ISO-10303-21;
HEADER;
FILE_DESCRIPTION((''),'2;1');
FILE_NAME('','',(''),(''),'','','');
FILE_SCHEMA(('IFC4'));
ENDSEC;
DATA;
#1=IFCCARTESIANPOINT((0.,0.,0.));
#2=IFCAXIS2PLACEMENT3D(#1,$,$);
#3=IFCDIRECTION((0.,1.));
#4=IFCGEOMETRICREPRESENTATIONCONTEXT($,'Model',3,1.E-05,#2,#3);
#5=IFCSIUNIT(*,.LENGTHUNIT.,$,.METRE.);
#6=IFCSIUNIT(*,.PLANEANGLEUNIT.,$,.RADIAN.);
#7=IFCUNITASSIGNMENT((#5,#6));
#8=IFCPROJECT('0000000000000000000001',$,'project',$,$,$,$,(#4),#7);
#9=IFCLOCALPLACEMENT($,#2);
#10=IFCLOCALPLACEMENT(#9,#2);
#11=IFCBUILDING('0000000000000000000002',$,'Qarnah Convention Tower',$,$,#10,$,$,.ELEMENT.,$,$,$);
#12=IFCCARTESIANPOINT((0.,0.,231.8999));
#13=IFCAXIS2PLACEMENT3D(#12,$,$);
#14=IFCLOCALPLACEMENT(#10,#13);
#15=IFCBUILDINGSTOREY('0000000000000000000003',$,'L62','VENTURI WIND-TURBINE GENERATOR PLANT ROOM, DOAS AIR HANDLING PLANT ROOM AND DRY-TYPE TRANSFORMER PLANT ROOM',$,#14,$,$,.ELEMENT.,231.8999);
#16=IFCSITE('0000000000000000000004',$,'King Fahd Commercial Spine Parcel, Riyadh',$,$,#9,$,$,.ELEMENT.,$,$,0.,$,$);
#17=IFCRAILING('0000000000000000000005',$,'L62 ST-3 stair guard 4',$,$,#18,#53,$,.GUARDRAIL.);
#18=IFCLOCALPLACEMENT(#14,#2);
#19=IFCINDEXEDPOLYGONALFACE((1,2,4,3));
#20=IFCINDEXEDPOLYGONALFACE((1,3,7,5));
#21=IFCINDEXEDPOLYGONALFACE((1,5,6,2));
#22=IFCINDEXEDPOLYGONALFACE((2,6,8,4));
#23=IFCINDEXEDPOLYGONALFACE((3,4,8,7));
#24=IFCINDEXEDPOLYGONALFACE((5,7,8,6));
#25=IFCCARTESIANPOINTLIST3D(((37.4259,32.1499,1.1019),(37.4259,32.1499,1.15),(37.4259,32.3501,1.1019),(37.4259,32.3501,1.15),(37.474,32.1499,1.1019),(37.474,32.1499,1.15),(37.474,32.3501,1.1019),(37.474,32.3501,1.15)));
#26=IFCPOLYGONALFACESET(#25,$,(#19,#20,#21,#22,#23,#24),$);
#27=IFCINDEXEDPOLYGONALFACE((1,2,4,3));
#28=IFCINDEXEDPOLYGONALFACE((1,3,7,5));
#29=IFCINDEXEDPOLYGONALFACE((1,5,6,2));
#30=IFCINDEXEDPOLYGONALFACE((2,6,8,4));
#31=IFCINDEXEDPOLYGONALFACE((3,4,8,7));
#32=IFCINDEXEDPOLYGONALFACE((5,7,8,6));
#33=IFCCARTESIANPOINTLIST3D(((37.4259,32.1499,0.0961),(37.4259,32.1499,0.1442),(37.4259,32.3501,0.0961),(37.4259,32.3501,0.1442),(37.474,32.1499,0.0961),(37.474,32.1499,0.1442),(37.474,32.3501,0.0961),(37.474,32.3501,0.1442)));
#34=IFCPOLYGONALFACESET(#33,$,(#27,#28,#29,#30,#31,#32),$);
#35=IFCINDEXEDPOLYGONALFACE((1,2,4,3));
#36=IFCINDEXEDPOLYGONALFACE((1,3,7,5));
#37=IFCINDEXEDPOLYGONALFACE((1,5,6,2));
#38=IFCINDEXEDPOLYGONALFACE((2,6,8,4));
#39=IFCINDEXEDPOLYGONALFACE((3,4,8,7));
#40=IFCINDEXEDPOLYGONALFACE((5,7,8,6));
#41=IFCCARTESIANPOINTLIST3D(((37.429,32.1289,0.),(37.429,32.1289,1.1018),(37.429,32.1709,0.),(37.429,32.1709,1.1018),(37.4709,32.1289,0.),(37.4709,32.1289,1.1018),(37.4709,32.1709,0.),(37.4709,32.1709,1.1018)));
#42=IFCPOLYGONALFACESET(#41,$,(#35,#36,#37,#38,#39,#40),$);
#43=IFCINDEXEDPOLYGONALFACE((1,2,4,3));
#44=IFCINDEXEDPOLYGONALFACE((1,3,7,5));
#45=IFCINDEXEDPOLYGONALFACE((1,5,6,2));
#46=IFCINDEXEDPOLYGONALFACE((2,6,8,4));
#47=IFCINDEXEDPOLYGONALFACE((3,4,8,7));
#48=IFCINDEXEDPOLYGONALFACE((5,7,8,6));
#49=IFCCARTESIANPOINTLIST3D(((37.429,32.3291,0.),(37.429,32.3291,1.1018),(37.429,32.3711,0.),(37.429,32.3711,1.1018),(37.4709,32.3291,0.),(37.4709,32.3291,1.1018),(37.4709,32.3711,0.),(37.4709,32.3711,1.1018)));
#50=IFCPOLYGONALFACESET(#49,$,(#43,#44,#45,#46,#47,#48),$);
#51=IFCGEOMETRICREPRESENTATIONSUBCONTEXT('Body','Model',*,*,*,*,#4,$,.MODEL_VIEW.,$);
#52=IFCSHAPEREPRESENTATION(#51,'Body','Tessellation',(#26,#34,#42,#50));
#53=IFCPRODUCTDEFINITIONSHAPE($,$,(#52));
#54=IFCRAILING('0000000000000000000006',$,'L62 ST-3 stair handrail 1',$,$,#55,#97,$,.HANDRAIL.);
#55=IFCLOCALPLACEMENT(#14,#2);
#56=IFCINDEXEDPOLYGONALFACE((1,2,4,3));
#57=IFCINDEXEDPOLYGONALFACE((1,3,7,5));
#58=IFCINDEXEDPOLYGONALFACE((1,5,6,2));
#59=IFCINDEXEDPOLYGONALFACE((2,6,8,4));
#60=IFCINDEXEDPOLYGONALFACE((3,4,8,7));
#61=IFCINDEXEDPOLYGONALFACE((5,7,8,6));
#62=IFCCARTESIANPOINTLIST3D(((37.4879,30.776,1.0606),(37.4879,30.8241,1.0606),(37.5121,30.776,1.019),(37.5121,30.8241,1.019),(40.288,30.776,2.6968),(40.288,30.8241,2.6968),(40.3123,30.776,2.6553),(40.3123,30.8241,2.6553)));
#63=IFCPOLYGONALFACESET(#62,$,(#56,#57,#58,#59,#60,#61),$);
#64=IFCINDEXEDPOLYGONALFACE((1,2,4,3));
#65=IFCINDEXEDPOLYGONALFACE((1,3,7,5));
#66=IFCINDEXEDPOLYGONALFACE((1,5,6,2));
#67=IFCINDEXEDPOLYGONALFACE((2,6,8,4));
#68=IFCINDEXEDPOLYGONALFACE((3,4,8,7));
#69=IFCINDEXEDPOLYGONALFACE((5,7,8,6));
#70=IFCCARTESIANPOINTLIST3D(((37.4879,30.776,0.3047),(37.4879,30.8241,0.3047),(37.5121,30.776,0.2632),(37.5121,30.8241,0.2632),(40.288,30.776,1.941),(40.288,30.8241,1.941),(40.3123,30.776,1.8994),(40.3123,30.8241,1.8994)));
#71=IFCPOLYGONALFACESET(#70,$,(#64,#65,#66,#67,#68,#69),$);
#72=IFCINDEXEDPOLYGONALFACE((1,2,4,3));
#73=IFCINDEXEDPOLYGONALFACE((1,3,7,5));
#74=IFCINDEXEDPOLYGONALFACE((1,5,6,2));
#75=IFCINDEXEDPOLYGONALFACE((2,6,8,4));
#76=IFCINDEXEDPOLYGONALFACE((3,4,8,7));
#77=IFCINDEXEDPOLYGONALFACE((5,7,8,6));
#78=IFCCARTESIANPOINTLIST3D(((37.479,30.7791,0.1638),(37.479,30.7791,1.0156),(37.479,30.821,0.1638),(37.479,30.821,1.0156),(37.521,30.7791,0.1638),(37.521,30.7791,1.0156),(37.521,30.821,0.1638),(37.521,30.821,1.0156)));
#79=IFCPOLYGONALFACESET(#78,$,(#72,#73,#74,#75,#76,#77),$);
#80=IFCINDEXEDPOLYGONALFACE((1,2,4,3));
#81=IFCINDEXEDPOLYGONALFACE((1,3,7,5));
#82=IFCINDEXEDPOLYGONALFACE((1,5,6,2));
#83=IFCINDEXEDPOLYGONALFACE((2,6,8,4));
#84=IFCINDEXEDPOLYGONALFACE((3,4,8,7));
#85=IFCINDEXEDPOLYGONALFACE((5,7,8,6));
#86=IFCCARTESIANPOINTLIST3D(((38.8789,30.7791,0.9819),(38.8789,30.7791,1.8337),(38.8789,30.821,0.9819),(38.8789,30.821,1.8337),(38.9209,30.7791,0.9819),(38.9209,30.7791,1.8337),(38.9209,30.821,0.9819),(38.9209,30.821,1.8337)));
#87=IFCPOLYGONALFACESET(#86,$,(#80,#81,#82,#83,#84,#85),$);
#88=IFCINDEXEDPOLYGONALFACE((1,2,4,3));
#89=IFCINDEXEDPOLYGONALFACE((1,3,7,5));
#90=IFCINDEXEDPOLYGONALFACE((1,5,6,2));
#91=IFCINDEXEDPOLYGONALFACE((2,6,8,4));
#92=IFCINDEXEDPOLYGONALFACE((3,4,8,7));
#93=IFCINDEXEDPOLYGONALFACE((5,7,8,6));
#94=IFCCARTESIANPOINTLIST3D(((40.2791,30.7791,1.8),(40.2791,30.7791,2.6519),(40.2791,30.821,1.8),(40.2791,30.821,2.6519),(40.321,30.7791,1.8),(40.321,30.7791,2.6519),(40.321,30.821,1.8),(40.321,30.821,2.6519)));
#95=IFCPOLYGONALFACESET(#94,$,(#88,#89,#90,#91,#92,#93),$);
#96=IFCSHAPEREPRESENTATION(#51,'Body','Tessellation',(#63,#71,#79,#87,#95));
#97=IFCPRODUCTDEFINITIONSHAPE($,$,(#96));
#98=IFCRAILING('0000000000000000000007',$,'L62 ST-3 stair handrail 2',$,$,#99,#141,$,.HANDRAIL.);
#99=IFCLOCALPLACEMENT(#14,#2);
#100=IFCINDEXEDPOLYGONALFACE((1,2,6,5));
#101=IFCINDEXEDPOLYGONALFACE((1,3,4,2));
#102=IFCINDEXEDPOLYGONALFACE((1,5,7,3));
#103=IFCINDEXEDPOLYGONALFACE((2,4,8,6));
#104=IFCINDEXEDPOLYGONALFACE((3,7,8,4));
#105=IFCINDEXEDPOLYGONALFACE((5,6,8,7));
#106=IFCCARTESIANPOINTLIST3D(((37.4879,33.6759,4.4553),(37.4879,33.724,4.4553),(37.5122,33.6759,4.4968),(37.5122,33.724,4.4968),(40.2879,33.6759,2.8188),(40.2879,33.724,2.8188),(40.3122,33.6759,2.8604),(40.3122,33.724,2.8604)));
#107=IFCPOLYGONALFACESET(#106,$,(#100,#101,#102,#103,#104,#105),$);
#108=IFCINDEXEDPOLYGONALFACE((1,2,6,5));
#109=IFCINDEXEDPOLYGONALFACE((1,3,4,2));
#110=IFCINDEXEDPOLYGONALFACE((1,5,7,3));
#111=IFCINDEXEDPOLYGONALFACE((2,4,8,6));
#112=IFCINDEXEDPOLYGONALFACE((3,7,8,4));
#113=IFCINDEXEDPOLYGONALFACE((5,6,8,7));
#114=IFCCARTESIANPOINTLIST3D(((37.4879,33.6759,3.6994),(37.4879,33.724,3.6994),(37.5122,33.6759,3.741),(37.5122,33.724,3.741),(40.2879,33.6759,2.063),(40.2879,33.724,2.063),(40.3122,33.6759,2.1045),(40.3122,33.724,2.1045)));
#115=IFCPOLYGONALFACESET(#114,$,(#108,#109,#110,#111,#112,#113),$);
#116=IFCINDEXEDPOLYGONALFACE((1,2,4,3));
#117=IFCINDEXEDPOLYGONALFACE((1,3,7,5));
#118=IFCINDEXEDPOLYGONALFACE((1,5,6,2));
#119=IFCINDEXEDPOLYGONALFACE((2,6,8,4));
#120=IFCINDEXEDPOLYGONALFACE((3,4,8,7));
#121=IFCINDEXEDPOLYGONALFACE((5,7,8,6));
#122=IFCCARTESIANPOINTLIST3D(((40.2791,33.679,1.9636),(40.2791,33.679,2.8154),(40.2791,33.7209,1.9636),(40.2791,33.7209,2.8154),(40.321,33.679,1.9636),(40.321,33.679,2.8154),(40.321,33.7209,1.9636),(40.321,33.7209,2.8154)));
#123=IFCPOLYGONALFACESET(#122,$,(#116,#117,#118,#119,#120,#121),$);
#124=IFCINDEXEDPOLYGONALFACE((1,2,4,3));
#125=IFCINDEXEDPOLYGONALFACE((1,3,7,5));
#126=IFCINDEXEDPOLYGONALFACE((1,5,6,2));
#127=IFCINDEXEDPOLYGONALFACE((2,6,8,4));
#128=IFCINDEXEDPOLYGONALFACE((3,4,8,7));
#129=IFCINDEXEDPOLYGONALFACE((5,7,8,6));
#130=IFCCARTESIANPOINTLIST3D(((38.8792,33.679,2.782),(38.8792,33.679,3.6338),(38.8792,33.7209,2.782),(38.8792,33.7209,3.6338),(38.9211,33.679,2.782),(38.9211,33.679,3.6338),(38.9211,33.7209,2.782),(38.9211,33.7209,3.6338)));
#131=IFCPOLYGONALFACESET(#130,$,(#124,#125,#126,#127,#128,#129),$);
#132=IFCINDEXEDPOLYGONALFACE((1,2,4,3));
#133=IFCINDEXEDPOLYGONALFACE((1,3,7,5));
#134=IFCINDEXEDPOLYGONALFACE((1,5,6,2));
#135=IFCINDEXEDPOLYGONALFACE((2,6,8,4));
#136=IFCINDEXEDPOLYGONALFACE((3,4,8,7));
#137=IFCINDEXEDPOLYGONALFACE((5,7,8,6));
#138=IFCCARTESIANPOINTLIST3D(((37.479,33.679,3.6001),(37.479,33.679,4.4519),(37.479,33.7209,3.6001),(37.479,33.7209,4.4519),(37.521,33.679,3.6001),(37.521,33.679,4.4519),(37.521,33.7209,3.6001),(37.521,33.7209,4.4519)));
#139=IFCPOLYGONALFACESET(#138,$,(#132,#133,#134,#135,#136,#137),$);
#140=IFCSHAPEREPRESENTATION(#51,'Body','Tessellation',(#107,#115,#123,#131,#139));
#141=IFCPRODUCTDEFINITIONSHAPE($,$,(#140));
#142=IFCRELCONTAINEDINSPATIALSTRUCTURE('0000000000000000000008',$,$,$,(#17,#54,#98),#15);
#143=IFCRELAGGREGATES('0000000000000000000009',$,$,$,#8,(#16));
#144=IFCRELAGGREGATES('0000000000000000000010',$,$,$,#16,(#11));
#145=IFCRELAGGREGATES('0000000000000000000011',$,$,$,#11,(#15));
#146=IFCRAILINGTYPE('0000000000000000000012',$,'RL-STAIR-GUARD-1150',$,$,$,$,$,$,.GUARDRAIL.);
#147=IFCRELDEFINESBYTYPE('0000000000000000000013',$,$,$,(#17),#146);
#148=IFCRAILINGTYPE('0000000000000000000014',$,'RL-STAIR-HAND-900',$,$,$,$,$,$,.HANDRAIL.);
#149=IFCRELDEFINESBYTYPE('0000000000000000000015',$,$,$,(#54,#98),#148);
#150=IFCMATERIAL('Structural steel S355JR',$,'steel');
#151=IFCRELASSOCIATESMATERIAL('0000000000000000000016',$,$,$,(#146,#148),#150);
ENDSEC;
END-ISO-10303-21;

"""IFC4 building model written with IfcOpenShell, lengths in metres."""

from ifc_helpers import new_model, si_unit, direction, frame, origin, origin_2d, place, context, subcontext, project, spatial, rectangle, extrude, material, type_object, element, save


model = new_model("IFC4")

# Units and contexts
model_context = context("Model", 3, precision=1e-05, world=origin(), true_north=direction((0.0, 1.0)))
body_context = subcontext(model_context, "Body", "Model", "MODEL_VIEW")
ifc_project = project(units=[si_unit("LENGTHUNIT", "METRE"), si_unit("PLANEANGLEUNIT", "RADIAN")], contexts=[model_context])

# Site, building, storey
site_placement = place(None, origin())
site = spatial("IfcSite", under=ifc_project, at=site_placement, Name="King Fahd Commercial Spine Parcel, Riyadh", CompositionType="ELEMENT", RefElevation=0.0)
building_placement = place(site_placement, origin())
building = spatial("IfcBuilding", under=site, at=building_placement, Name="Qarnah Convention Tower", CompositionType="ELEMENT")
storey_placement = place(building_placement, frame((0.0, 0.0, 231.8999)))
storey = spatial("IfcBuildingStorey", under=building, at=storey_placement, Name="L62", Description="VENTURI WIND-TURBINE GENERATOR PLANT ROOM, DOAS AIR HANDLING PLANT ROOM AND DRY-TYPE TRANSFORMER PLANT ROOM", CompositionType="ELEMENT", Elevation=231.8999)

# Shared definitions
ifc_material_1 = material(Name="Structural steel S355JR", Category="steel")

# Railings
railing_type_1 = type_object("IfcRailingType", Name="RL-STAIR-GUARD-1150", PredefinedType="GUARDRAIL", material=ifc_material_1)
railing_1_placement = place(storey_placement, frame((37.45, 32.1499, 0.0)))
element("IfcRailing", 1, at=railing_1_placement, inside=storey, type_object=railing_type_1, Name="L62 ST-3 stair guard 4", PredefinedType="GUARDRAIL", context=body_context, shape_type="SweptSolid", body=[
    extrude(rectangle(XDim=0.0481, YDim=0.0481, at=origin_2d()), frame((0.0, 0.0, 1.126), z_axis=(0.0, 1.0, 0.0), x_axis=(-1.0, 0.0, 0.0)), (0.0, 0.0, 1.0), 0.2002),
    extrude(rectangle(XDim=0.0481, YDim=0.0481, at=origin_2d()), frame((0.0, 0.0, 0.1201), z_axis=(0.0, 1.0, 0.0), x_axis=(-1.0, 0.0, 0.0)), (0.0, 0.0, 1.0), 0.2002),
    extrude(rectangle(XDim=0.042, YDim=0.042, at=origin_2d()), origin(), (0.0, 0.0, 1.0), 1.1018),
    extrude(rectangle(XDim=0.042, YDim=0.042, at=origin_2d()), frame((0.0, 0.2002, 0.0)), (0.0, 0.0, 1.0), 1.1018),
])
railing_type_2 = type_object("IfcRailingType", Name="RL-STAIR-HAND-900", PredefinedType="HANDRAIL", material=ifc_material_1)
railing_2_placement = place(storey_placement, frame((37.5, 30.8, 0.1638)))
element("IfcRailing", 2, at=railing_2_placement, inside=storey, type_object=railing_type_2, Name="L62 ST-3 stair handrail 1", PredefinedType="HANDRAIL", context=body_context, shape_type="SweptSolid", body=[
    extrude(rectangle(XDim=0.0481, YDim=0.0481, at=origin_2d()), frame((0.0, 0.0, 0.876), z_axis=(0.863394, 0.0, 0.504531), x_axis=(0.0, 1.0, 0.0)), (0.0, 0.0, 1.0), 3.2432),
    extrude(rectangle(XDim=0.0481, YDim=0.0481, at=origin_2d()), frame((0.0, 0.0, 0.1201), z_axis=(0.863394, 0.0, 0.504531), x_axis=(0.0, 1.0, 0.0)), (0.0, 0.0, 1.0), 3.2432),
    extrude(rectangle(XDim=0.042, YDim=0.042, at=origin_2d()), origin(), (0.0, 0.0, 1.0), 0.8518),
    extrude(rectangle(XDim=0.042, YDim=0.042, at=origin_2d()), frame((1.3999, 0.0, 0.8181)), (0.0, 0.0, 1.0), 0.8518),
    extrude(rectangle(XDim=0.042, YDim=0.042, at=origin_2d()), frame((2.8, 0.0, 1.6362)), (0.0, 0.0, 1.0), 0.8518),
])
railing_3_placement = place(storey_placement, frame((40.3, 33.7, 1.9636)))
element("IfcRailing", 3, at=railing_3_placement, inside=storey, type_object=railing_type_2, Name="L62 ST-3 stair handrail 2", PredefinedType="HANDRAIL", context=body_context, shape_type="SweptSolid", body=[
    extrude(rectangle(XDim=0.0481, YDim=0.0481, at=origin_2d()), frame((0.0, 0.0, 0.876), z_axis=(-0.863361, 0.0, 0.504587), x_axis=(0.0, -1.0, 0.0)), (0.0, 0.0, 1.0), 3.2432),
    extrude(rectangle(XDim=0.0481, YDim=0.0481, at=origin_2d()), frame((0.0, 0.0, 0.1201), z_axis=(-0.863361, 0.0, 0.504587), x_axis=(0.0, -1.0, 0.0)), (0.0, 0.0, 1.0), 3.2432),
    extrude(rectangle(XDim=0.042, YDim=0.042, at=origin_2d()), origin(), (0.0, 0.0, 1.0), 0.8518),
    extrude(rectangle(XDim=0.042, YDim=0.042, at=origin_2d()), frame((-1.3999, 0.0, 0.8184)), (0.0, 0.0, 1.0), 0.8518),
    extrude(rectangle(XDim=0.042, YDim=0.042, at=origin_2d()), frame((-2.8, 0.0, 1.6365)), (0.0, 0.0, 1.0), 0.8518),
])

save(model, "model.ifc")
